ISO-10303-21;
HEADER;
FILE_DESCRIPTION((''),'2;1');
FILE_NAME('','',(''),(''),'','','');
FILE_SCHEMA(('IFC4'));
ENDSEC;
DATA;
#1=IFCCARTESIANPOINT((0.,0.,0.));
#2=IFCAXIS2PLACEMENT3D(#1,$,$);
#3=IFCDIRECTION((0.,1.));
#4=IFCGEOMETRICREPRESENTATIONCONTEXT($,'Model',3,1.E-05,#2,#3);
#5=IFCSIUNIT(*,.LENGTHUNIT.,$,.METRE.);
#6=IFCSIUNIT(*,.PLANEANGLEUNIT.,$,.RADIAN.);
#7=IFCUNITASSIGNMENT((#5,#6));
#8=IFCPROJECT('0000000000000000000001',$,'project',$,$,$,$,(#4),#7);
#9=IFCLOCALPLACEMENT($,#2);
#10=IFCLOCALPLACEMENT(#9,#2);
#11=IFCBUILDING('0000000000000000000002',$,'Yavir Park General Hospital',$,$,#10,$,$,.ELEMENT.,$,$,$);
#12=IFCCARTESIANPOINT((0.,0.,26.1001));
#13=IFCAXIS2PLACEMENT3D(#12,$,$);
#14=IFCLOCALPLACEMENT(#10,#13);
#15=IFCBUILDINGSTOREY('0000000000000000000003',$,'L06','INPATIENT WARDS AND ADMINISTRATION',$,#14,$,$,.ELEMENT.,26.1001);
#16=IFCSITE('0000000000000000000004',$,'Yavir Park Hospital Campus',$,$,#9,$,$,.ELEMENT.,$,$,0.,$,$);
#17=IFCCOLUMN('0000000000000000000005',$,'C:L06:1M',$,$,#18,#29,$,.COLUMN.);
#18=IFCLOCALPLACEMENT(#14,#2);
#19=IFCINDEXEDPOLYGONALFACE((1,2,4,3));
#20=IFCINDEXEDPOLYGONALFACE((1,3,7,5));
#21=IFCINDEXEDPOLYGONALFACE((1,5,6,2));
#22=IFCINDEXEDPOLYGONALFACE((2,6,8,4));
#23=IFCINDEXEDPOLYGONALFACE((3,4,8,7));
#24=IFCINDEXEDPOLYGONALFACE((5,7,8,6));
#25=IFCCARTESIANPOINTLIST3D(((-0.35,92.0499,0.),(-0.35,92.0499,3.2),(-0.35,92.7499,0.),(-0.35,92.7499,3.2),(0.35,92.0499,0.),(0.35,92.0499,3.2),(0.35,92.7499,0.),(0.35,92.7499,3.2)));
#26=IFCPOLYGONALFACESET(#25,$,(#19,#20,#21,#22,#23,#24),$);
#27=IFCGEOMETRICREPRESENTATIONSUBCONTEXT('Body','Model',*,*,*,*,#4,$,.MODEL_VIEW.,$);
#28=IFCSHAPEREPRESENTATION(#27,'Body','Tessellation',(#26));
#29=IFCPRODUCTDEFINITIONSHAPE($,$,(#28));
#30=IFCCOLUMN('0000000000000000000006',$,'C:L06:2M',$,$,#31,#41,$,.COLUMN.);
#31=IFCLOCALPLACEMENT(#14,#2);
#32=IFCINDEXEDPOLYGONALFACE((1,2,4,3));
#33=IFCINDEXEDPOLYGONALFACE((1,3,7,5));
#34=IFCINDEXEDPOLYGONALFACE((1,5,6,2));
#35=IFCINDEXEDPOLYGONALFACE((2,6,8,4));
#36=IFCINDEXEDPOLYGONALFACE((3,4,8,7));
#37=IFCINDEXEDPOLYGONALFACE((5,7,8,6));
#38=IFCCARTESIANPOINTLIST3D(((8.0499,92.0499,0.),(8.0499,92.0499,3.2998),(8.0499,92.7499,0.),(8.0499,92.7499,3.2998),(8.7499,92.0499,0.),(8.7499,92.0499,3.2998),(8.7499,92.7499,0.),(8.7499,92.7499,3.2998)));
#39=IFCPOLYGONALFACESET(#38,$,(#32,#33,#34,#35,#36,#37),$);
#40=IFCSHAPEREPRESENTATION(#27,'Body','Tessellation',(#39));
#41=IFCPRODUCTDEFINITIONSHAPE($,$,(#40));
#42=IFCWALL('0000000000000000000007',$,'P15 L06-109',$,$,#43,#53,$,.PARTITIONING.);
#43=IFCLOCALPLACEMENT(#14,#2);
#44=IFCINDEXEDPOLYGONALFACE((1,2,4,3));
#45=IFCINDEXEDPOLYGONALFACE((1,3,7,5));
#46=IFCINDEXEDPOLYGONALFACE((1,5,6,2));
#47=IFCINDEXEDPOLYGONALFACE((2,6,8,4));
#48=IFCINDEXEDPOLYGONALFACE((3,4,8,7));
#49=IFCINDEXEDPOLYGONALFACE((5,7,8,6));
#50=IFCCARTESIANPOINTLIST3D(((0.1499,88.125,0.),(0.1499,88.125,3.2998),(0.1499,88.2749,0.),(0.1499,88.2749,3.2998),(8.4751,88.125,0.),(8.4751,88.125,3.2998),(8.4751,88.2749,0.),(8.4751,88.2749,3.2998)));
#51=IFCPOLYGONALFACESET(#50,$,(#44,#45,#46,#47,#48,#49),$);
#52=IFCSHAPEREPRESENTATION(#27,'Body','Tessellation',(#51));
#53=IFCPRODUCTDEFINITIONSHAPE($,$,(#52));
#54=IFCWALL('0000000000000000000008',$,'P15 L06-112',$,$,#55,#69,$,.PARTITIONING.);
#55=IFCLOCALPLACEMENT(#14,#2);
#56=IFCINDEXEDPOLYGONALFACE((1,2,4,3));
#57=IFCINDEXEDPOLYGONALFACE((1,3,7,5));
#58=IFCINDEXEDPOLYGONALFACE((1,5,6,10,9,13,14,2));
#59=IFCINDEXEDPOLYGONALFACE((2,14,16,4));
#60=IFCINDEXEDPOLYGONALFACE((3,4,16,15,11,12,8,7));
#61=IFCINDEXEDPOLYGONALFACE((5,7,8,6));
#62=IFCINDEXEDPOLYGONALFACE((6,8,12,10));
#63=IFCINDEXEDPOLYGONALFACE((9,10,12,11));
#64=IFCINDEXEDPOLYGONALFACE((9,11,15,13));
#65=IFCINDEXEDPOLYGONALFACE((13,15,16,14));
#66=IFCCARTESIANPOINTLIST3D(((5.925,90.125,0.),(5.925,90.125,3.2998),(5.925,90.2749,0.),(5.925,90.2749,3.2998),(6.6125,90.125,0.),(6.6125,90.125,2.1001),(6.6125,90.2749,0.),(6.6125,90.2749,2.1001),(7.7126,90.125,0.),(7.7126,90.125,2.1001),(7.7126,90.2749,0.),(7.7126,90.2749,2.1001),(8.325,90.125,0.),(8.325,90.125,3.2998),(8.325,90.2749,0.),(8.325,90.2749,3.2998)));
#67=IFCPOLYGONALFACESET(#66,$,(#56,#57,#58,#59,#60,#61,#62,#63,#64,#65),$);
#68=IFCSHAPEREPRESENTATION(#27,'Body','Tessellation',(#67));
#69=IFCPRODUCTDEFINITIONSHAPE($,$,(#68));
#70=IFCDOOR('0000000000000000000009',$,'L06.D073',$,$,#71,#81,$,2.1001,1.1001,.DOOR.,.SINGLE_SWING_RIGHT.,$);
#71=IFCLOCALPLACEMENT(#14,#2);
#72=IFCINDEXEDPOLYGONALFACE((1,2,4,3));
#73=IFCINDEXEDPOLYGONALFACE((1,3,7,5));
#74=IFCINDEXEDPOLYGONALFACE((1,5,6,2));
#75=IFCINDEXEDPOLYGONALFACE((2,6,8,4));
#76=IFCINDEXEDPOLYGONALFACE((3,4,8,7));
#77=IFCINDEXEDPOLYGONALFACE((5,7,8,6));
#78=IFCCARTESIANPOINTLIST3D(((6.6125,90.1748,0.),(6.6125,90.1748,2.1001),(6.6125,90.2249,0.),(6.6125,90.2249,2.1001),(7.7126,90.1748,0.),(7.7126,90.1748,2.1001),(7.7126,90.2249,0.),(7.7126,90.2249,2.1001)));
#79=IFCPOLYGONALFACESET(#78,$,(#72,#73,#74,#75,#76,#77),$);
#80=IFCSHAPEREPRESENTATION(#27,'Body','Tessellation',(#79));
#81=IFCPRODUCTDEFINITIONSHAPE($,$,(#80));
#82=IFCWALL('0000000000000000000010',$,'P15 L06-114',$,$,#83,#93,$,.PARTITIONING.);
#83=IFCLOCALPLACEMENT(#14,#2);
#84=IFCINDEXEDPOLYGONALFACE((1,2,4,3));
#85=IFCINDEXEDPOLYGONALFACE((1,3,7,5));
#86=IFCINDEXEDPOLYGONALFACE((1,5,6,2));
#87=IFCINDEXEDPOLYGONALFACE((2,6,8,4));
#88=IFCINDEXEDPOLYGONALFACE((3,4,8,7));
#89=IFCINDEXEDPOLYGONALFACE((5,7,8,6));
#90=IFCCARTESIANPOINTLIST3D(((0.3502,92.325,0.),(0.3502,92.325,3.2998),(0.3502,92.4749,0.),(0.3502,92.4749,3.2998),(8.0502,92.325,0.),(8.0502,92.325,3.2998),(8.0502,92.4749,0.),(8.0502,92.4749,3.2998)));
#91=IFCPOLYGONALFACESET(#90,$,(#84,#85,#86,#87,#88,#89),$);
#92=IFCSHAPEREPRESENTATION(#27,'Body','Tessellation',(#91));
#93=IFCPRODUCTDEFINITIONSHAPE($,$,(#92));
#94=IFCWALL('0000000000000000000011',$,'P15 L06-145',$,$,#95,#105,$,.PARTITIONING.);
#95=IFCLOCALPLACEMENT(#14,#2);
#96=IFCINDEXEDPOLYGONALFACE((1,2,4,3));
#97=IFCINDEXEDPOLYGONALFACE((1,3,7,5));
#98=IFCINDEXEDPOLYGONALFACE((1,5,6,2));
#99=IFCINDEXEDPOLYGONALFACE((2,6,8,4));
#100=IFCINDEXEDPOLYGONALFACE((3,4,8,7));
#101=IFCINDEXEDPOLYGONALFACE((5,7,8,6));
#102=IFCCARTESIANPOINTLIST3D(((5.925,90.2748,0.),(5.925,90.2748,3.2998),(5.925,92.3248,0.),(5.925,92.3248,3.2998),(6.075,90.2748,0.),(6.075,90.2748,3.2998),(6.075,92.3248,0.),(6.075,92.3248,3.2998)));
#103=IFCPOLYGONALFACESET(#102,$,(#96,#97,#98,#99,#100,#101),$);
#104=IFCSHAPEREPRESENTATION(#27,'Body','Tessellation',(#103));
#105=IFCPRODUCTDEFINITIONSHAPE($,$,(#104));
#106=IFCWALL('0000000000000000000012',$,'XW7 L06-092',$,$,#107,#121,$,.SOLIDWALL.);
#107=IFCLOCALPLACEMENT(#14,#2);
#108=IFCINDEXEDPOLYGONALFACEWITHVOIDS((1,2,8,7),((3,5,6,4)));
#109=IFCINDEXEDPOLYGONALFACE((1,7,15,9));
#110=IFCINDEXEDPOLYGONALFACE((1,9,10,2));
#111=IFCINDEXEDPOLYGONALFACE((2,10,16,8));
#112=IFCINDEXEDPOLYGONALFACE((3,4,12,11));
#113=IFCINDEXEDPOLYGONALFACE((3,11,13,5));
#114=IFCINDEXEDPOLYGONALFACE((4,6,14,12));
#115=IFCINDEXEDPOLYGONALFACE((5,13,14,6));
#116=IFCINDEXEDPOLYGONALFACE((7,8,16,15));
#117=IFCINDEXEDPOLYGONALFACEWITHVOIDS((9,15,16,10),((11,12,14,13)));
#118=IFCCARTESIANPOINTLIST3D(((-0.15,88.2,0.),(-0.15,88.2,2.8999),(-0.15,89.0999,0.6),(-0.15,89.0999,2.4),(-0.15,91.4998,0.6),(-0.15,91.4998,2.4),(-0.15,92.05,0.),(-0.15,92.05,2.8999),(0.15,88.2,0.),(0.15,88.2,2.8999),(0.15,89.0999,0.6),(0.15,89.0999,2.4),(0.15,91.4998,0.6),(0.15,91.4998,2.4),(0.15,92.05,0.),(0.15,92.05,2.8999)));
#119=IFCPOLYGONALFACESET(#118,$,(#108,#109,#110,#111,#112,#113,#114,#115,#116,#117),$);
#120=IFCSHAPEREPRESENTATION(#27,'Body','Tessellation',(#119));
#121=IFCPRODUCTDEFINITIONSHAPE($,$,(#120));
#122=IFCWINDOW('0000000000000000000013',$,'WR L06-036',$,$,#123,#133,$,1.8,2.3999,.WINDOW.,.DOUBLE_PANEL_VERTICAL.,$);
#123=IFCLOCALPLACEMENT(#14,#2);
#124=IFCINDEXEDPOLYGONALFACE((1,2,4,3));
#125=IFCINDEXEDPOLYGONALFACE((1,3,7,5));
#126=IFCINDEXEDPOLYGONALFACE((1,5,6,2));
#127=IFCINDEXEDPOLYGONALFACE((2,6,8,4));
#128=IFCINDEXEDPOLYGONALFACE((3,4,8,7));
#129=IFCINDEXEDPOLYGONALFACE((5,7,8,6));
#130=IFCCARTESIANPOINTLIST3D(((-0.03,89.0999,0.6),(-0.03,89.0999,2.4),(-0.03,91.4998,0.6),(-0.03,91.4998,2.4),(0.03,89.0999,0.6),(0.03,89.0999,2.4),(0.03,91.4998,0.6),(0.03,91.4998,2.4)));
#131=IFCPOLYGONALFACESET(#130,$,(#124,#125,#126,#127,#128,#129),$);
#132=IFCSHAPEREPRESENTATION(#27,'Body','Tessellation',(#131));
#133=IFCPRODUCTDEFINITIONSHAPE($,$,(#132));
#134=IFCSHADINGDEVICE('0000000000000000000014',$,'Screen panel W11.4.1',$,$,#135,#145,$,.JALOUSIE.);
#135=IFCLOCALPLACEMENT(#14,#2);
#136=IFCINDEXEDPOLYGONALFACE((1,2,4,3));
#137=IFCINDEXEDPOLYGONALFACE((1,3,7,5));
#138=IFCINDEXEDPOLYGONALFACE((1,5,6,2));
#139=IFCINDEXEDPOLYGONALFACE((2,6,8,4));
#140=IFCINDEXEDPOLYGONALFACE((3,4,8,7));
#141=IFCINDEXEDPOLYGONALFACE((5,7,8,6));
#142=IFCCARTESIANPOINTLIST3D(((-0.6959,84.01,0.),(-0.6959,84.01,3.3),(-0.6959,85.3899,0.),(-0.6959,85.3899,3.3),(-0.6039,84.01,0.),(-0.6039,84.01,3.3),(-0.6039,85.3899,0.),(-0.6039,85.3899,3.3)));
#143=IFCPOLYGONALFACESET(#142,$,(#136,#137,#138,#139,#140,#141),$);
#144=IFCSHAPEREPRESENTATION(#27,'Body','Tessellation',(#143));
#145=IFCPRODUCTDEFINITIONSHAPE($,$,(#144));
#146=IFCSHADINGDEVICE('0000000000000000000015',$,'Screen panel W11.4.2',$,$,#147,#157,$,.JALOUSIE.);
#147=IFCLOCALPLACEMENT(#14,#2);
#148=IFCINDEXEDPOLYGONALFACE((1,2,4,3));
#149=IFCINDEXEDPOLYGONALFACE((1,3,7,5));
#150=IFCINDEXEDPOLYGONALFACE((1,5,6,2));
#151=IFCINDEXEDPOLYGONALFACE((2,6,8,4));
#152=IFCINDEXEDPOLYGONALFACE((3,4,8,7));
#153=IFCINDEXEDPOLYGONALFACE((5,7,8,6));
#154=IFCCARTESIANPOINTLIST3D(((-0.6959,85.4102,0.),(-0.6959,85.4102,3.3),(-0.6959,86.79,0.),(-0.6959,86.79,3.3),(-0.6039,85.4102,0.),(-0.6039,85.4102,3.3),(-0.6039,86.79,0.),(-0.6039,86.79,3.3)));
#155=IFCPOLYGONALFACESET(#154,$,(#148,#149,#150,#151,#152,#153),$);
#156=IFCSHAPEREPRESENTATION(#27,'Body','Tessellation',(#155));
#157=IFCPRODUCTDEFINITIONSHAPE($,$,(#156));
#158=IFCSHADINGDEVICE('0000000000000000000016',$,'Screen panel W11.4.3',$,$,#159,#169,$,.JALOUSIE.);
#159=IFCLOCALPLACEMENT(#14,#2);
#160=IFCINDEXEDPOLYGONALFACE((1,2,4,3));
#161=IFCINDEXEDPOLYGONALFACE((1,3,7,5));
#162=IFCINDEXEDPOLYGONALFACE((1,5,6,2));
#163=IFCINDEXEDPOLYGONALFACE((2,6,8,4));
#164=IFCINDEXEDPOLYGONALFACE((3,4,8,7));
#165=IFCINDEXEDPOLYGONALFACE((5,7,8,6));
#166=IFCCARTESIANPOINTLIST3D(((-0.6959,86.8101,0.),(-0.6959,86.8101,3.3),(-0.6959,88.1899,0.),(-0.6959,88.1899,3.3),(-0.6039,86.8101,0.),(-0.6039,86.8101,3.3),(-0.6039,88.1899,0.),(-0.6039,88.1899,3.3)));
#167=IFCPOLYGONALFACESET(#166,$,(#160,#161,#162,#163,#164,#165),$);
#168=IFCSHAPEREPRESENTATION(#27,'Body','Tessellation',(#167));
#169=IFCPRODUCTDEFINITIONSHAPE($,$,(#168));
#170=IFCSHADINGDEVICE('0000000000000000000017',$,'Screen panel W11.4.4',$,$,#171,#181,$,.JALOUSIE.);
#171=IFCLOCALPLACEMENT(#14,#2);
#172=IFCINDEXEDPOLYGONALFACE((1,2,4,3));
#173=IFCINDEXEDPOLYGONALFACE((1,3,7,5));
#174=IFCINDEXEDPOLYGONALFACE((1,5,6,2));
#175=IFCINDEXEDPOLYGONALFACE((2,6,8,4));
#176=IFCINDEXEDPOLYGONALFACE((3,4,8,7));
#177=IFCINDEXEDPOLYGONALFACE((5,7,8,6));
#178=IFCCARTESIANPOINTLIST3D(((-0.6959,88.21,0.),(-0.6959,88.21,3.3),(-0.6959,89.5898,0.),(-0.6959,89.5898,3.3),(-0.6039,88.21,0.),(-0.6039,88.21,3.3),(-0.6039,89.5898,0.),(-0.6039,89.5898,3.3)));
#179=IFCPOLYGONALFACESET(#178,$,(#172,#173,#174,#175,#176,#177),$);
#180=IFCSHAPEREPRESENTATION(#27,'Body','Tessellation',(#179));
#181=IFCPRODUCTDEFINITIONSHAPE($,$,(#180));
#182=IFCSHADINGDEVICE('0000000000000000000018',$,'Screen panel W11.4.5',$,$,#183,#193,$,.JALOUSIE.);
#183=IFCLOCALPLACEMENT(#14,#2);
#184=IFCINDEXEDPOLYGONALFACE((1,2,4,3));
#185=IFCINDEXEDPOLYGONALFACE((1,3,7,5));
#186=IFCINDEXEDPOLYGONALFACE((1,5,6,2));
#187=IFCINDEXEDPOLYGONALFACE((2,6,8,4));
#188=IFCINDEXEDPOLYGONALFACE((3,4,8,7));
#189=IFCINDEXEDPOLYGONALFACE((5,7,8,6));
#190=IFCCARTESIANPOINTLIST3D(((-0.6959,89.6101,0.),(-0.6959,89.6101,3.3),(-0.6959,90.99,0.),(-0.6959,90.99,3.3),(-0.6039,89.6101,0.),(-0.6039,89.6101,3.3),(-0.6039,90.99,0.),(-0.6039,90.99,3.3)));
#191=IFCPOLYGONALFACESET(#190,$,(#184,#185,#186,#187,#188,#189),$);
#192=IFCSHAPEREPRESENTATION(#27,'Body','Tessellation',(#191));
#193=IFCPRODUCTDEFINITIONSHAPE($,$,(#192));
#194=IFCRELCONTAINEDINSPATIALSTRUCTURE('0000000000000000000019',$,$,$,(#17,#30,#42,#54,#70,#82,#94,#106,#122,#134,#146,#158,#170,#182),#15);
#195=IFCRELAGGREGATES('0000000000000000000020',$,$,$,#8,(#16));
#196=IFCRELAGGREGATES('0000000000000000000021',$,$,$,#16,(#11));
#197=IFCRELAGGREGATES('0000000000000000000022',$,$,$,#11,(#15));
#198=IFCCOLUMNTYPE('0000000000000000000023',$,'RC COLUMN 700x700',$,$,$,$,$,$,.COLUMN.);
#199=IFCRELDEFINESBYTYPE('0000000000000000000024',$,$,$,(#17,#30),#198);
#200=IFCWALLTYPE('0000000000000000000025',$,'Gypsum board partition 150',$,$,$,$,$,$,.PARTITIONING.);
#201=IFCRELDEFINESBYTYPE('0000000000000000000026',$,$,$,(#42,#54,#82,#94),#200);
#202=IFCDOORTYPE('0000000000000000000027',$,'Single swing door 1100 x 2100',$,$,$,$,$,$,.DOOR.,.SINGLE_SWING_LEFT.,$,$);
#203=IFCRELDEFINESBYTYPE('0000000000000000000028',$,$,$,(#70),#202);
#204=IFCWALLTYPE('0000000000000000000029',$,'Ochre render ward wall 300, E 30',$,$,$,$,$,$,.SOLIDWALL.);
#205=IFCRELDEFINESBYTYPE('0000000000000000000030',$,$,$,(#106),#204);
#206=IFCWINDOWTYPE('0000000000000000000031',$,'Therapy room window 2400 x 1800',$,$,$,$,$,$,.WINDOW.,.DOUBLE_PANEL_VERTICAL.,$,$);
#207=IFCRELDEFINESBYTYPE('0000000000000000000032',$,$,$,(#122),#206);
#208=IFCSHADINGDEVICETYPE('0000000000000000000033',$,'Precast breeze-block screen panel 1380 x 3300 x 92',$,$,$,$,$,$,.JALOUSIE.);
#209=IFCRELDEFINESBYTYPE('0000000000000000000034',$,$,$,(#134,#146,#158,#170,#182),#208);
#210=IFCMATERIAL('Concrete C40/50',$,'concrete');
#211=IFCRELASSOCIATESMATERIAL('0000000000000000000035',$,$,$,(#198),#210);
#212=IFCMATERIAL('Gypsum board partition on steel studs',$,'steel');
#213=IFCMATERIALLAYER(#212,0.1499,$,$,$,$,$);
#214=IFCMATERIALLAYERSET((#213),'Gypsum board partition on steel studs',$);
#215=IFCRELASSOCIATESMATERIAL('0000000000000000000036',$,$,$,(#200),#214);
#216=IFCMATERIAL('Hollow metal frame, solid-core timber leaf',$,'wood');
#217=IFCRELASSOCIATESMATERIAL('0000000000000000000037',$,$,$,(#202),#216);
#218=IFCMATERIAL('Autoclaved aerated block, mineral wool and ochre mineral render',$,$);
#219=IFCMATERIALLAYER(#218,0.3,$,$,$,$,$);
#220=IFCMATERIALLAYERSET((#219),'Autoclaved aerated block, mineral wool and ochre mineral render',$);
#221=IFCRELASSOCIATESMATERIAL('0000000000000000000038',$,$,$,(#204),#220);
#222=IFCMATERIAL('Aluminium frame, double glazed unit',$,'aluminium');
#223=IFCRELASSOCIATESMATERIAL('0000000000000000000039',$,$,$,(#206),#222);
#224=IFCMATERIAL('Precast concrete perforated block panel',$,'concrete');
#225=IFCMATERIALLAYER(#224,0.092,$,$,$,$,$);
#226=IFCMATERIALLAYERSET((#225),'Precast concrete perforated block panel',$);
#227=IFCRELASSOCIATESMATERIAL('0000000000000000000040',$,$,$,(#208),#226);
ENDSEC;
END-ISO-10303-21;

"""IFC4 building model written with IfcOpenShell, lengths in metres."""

from ifc_helpers import new_model, si_unit, direction, frame, frame_2d, origin, origin_2d, place, context, subcontext, project, spatial, rectangle, extrude, material, layer, layer_set, material_profile, profile_set, type_object, element, fill, save


model = new_model("IFC4")

# Units and contexts
model_context = context("Model", 3, precision=1e-05, world=origin(), true_north=direction((0.0, 1.0)))
body_context = subcontext(model_context, "Body", "Model", "MODEL_VIEW")
ifc_project = project(units=[si_unit("LENGTHUNIT", "METRE"), si_unit("PLANEANGLEUNIT", "RADIAN")], contexts=[model_context])

# Site, building, storey
site_placement = place(None, origin())
site = spatial("IfcSite", under=ifc_project, at=site_placement, Name="Yavir Park Hospital Campus", CompositionType="ELEMENT", RefElevation=0.0)
building_placement = place(site_placement, origin())
building = spatial("IfcBuilding", under=site, at=building_placement, Name="Yavir Park General Hospital", CompositionType="ELEMENT")
storey_placement = place(building_placement, frame((0.0, 0.0, 26.1001)))
storey = spatial("IfcBuildingStorey", under=building, at=storey_placement, Name="L06", Description="INPATIENT WARDS AND ADMINISTRATION", CompositionType="ELEMENT", Elevation=26.1001)

# Columns
ifc_material_1 = material(Name="Concrete C40/50", Category="concrete")
ifc_material_profile_1 = material_profile(ifc_material_1, rectangle(XDim=0.7, YDim=0.7, at=origin_2d()), Name="RC700x700")
ifc_profile_set_1 = profile_set([ifc_material_profile_1], Name="Concrete C40/50")
column_type = type_object("IfcColumnType", Name="RC COLUMN 700x700", PredefinedType="COLUMN", material=ifc_profile_set_1)
column_1_placement = place(storey_placement, frame((0.0, 92.3999, 0.0), z_axis=(0.0, 0.0, 1.0), x_axis=(1.0, 0.0, 0.0)))
element("IfcColumn", 1, at=column_1_placement, inside=storey, type_object=column_type, Name="C:L06:1M", PredefinedType="COLUMN", context=body_context, shape_type="SweptSolid", body=[
    extrude(rectangle(XDim=0.7, YDim=0.7, at=origin_2d()), origin(), (0.0, 0.0, 1.0), 3.2),
])
column_2_placement = place(storey_placement, frame((8.3999, 92.3999, 0.0), z_axis=(0.0, 0.0, 1.0), x_axis=(1.0, 0.0, 0.0)))
element("IfcColumn", 2, at=column_2_placement, inside=storey, type_object=column_type, Name="C:L06:2M", PredefinedType="COLUMN", context=body_context, shape_type="SweptSolid", body=[
    extrude(rectangle(XDim=0.7, YDim=0.7, at=origin_2d()), origin(), (0.0, 0.0, 1.0), 3.2998),
])

# Wall
ifc_material_2 = material(Name="Gypsum board partition on steel studs", Category="steel")
ifc_layer_1 = layer(ifc_material_2, 0.1499)
ifc_layer_set_1 = layer_set([ifc_layer_1], Name="Gypsum board partition on steel studs")
wall_type_1 = type_object("IfcWallType", Name="Gypsum board partition 150", PredefinedType="PARTITIONING", material=ifc_layer_set_1)
wall_1_placement = place(storey_placement, frame((0.1499, 88.2, 0.0), z_axis=(0.0, 0.0, 1.0), x_axis=(1.0, 0.0, 0.0)))
element("IfcWall", 3, at=wall_1_placement, inside=storey, type_object=wall_type_1, Name="P15 L06-109", PredefinedType="PARTITIONING", context=body_context, shape_type="SweptSolid", body=[
    extrude(rectangle(XDim=8.3252, YDim=0.1499, at=frame_2d((4.1626, 0.0))), origin(), (0.0, 0.0, 1.0), 3.2998),
])

# Wall, opening, door
wall_2_placement = place(storey_placement, frame((5.925, 90.2, 0.0), z_axis=(0.0, 0.0, 1.0), x_axis=(1.0, 0.0, 0.0)))
wall_2 = element("IfcWall", 4, at=wall_2_placement, inside=storey, type_object=wall_type_1, Name="P15 L06-112", PredefinedType="PARTITIONING", context=body_context, shape_type="SweptSolid", body=[
    extrude(rectangle(XDim=2.3999, YDim=0.1499, at=frame_2d((1.2, 0.0))), origin(), (0.0, 0.0, 1.0), 3.2998),
])
opening_1_placement = place(wall_2_placement, frame((0.6875, 0.0, 0.0)))
opening_1 = element("IfcOpeningElement", 5, at=opening_1_placement, cuts=wall_2, PredefinedType="OPENING", context=body_context, shape_type="SweptSolid", body=[
    extrude(rectangle(XDim=1.1001, YDim=2.1001, at=frame_2d((0.55, 1.05))), frame((0.0, 0.085, 0.0), z_axis=(0.0, -1.0, 0.0), x_axis=(1.0, 0.0, 0.0)), (0.0, 0.0, 1.0), 0.1699),
])
ifc_material_3 = material(Name="Hollow metal frame, solid-core timber leaf", Category="wood")
door_type_1 = type_object("IfcDoorType", Name="Single swing door 1100 x 2100", OperationType="SINGLE_SWING_LEFT", PredefinedType="DOOR", material=ifc_material_3)
door_1_placement = place(opening_1_placement, origin())
door_1 = element("IfcDoor", 6, at=door_1_placement, inside=storey, type_object=door_type_1, Name="L06.D073", OperationType="SINGLE_SWING_RIGHT", OverallHeight=2.1001, OverallWidth=1.1001, PredefinedType="DOOR", context=body_context, shape_type="SweptSolid", body=[
    extrude(rectangle(XDim=1.1001, YDim=2.1001, at=frame_2d((0.55, 1.05))), frame((0.0, 0.0249, 0.0), z_axis=(0.0, -1.0, 0.0), x_axis=(1.0, 0.0, 0.0)), (0.0, 0.0, 1.0), 0.05),
])
fill(opening_1, door_1)

# Walls
wall_3_placement = place(storey_placement, frame((0.3501, 92.3999, 0.0), z_axis=(0.0, 0.0, 1.0), x_axis=(1.0, 0.0, 0.0)))
element("IfcWall", 7, at=wall_3_placement, inside=storey, type_object=wall_type_1, Name="P15 L06-114", PredefinedType="PARTITIONING", context=body_context, shape_type="SweptSolid", body=[
    extrude(rectangle(XDim=7.7, YDim=0.1499, at=frame_2d((3.8501, 0.0))), origin(), (0.0, 0.0, 1.0), 3.2998),
])
wall_4_placement = place(storey_placement, frame((6.0, 90.2749, 0.0), z_axis=(0.0, 0.0, 1.0), x_axis=(0.0, 1.0, 0.0)))
element("IfcWall", 8, at=wall_4_placement, inside=storey, type_object=wall_type_1, Name="P15 L06-145", PredefinedType="PARTITIONING", context=body_context, shape_type="SweptSolid", body=[
    extrude(rectangle(XDim=2.05, YDim=0.1499, at=frame_2d((1.0249, 0.0))), origin(), (0.0, 0.0, 1.0), 3.2998),
])

# Wall, opening, window
ifc_material_4 = material(Name="Autoclaved aerated block, mineral wool and ochre mineral render")
ifc_layer_2 = layer(ifc_material_4, 0.3)
ifc_layer_set_2 = layer_set([ifc_layer_2], Name="Autoclaved aerated block, mineral wool and ochre mineral render")
wall_type_2 = type_object("IfcWallType", Name="Ochre render ward wall 300, E 30", PredefinedType="SOLIDWALL", material=ifc_layer_set_2)
wall_5_placement = place(storey_placement, frame((0.0, 88.2, 0.0), z_axis=(0.0, 0.0, 1.0), x_axis=(0.0, 1.0, 0.0)))
wall_5 = element("IfcWall", 9, at=wall_5_placement, inside=storey, type_object=wall_type_2, Name="XW7 L06-092", PredefinedType="SOLIDWALL", context=body_context, shape_type="SweptSolid", body=[
    extrude(rectangle(XDim=3.8501, YDim=0.3, at=frame_2d((1.925, 0.0))), origin(), (0.0, 0.0, 1.0), 2.8999),
])
opening_2_placement = place(wall_5_placement, frame((0.8999, 0.0, 0.6001)))
opening_2 = element("IfcOpeningElement", 10, at=opening_2_placement, cuts=wall_5, PredefinedType="OPENING", context=body_context, shape_type="SweptSolid", body=[
    extrude(rectangle(XDim=2.3999, YDim=1.8, at=frame_2d((1.2, 0.8999))), frame((0.0, 0.1599, 0.0), z_axis=(0.0, -1.0, 0.0), x_axis=(1.0, 0.0, 0.0)), (0.0, 0.0, 1.0), 0.3201),
])
ifc_material_5 = material(Name="Aluminium frame, double glazed unit", Category="aluminium")
window_type = type_object("IfcWindowType", Name="Therapy room window 2400 x 1800", PartitioningType="DOUBLE_PANEL_VERTICAL", PredefinedType="WINDOW", material=ifc_material_5)
window_placement = place(opening_2_placement, origin())
window = element("IfcWindow", 11, at=window_placement, inside=storey, type_object=window_type, Name="WR L06-036", OverallHeight=1.8, OverallWidth=2.3999, PartitioningType="DOUBLE_PANEL_VERTICAL", PredefinedType="WINDOW", context=body_context, shape_type="SweptSolid", body=[
    extrude(rectangle(XDim=2.3999, YDim=1.8, at=frame_2d((1.2, 0.8999))), frame((0.0, 0.03, 0.0), z_axis=(0.0, -1.0, 0.0), x_axis=(1.0, 0.0, 0.0)), (0.0, 0.0, 1.0), 0.0601),
])
fill(opening_2, window)

# Shading devices
ifc_material_6 = material(Name="Precast concrete perforated block panel", Category="concrete")
ifc_layer_3 = layer(ifc_material_6, 0.092)
ifc_layer_set_3 = layer_set([ifc_layer_3], Name="Precast concrete perforated block panel")
shading_device_type = type_object("IfcShadingDeviceType", Name="Precast breeze-block screen panel 1380 x 3300 x 92", PredefinedType="JALOUSIE", material=ifc_layer_set_3)
for number, where, z_axis, x_axis, name in (
    (12, (-0.6499, 84.7, 0.0), (0.0, 0.0, 1.0), (1.0, 0.0, 0.0), "Screen panel W11.4.1"),
    (13, (-0.6499, 86.1001, 0.0), (0.0, 0.0, 1.0), (1.0, 0.0, 0.0), "Screen panel W11.4.2"),
    (14, (-0.6499, 87.5, 0.0), (0.0, 0.0, 1.0), (1.0, 0.0, 0.0), "Screen panel W11.4.3"),
    (15, (-0.6499, 88.8999, 0.0), (0.0, 0.0, 1.0), (1.0, 0.0, 0.0), "Screen panel W11.4.4"),
    (16, (-0.6499, 90.3, 0.0), (0.0, 0.0, 1.0), (1.0, 0.0, 0.0), "Screen panel W11.4.5"),
):
    element("IfcShadingDevice", number, at=place(storey_placement, frame(where, z_axis=z_axis, x_axis=x_axis)), inside=storey, type_object=shading_device_type, Name=name, PredefinedType="JALOUSIE", context=body_context, shape_type="SweptSolid", body=[
        extrude(rectangle(XDim=0.092, YDim=1.3799, at=origin_2d()), origin(), (0.0, 0.0, 1.0), 3.3),
    ])

save(model, "model.ifc")
